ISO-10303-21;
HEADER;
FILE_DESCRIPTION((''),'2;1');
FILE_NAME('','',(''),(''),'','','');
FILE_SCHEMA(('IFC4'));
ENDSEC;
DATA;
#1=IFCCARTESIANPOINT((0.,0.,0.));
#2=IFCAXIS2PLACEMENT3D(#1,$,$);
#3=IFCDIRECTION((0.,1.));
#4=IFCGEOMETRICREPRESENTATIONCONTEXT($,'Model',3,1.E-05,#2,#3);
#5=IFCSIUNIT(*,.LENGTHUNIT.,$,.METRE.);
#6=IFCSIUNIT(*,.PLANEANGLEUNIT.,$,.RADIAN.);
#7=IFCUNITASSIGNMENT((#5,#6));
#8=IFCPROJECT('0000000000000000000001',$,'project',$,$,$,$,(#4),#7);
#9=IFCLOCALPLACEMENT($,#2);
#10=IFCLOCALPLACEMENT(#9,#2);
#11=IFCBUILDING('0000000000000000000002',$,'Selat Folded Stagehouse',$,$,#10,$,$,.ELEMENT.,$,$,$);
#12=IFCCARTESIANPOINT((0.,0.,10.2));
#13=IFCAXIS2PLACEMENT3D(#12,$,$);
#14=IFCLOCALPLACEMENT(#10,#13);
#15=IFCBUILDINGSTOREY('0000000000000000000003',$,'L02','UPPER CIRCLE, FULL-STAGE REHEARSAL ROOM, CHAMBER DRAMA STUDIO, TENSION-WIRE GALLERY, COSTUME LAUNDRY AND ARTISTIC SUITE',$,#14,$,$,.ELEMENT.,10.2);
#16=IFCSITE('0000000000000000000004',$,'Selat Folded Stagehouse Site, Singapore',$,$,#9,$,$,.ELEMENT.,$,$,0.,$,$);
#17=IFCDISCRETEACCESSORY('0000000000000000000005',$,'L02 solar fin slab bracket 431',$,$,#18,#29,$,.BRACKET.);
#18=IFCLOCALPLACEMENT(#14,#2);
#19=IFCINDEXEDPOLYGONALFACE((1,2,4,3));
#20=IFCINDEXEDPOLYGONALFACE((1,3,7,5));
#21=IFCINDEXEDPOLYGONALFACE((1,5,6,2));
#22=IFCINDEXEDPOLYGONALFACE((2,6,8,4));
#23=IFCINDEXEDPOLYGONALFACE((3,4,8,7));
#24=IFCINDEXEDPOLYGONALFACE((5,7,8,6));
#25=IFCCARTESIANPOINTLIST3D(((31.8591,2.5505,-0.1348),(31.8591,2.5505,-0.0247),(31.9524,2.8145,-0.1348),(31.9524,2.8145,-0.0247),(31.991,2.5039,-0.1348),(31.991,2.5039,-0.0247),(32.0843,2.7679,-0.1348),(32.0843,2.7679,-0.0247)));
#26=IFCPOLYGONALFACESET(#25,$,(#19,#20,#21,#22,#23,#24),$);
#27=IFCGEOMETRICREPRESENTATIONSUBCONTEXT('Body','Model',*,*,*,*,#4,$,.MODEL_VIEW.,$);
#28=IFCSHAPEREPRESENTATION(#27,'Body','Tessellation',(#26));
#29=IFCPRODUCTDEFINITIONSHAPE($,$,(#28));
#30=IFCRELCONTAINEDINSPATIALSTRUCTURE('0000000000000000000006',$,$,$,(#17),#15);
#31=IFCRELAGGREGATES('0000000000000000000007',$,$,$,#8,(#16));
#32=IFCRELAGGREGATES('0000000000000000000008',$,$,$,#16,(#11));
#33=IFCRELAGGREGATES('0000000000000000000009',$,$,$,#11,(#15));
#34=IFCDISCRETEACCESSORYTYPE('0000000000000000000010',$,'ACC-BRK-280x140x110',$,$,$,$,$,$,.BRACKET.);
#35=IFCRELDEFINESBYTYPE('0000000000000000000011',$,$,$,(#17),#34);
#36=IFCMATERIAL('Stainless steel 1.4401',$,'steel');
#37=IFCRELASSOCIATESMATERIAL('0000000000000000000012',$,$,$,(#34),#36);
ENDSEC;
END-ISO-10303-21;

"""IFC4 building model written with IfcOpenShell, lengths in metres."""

from ifc_helpers import new_model, si_unit, direction, frame, origin, origin_2d, place, context, subcontext, project, spatial, rectangle, extrude, material, type_object, element, save


model = new_model("IFC4")

# Units and contexts
model_context = context("Model", 3, precision=1e-05, world=origin(), true_north=direction((0.0, 1.0)))
body_context = subcontext(model_context, "Body", "Model", "MODEL_VIEW")
ifc_project = project(units=[si_unit("LENGTHUNIT", "METRE"), si_unit("PLANEANGLEUNIT", "RADIAN")], contexts=[model_context])

# Site, building, storey
site_placement = place(None, origin())
site = spatial("IfcSite", under=ifc_project, at=site_placement, Name="Selat Folded Stagehouse Site, Singapore", CompositionType="ELEMENT", RefElevation=0.0)
building_placement = place(site_placement, origin())
building = spatial("IfcBuilding", under=site, at=building_placement, Name="Selat Folded Stagehouse", CompositionType="ELEMENT")
storey_placement = place(building_placement, frame((0.0, 0.0, 10.2)))
storey = spatial("IfcBuildingStorey", under=building, at=storey_placement, Name="L02", Description="UPPER CIRCLE, FULL-STAGE REHEARSAL ROOM, CHAMBER DRAMA STUDIO, TENSION-WIRE GALLERY, COSTUME LAUNDRY AND ARTISTIC SUITE", CompositionType="ELEMENT", Elevation=10.2)

# Discrete accessory
ifc_material_1 = material(Name="Stainless steel 1.4401", Category="steel")
discrete_accessory_type = type_object("IfcDiscreteAccessoryType", Name="ACC-BRK-280x140x110", PredefinedType="BRACKET", material=ifc_material_1)
discrete_accessory_placement = place(storey_placement, frame((31.9717, 2.6592, -0.1348), z_axis=(0.0, 0.0, 1.0), x_axis=(-0.333313, -0.942816, 0.0)))
element("IfcDiscreteAccessory", 1, at=discrete_accessory_placement, inside=storey, type_object=discrete_accessory_type, Name="L02 solar fin slab bracket 431", PredefinedType="BRACKET", context=body_context, shape_type="SweptSolid", body=[
    extrude(rectangle(XDim=0.28, YDim=0.1399, at=origin_2d()), origin(), (0.0, 0.0, 1.0), 0.1101),
])

save(model, "model.ifc")
